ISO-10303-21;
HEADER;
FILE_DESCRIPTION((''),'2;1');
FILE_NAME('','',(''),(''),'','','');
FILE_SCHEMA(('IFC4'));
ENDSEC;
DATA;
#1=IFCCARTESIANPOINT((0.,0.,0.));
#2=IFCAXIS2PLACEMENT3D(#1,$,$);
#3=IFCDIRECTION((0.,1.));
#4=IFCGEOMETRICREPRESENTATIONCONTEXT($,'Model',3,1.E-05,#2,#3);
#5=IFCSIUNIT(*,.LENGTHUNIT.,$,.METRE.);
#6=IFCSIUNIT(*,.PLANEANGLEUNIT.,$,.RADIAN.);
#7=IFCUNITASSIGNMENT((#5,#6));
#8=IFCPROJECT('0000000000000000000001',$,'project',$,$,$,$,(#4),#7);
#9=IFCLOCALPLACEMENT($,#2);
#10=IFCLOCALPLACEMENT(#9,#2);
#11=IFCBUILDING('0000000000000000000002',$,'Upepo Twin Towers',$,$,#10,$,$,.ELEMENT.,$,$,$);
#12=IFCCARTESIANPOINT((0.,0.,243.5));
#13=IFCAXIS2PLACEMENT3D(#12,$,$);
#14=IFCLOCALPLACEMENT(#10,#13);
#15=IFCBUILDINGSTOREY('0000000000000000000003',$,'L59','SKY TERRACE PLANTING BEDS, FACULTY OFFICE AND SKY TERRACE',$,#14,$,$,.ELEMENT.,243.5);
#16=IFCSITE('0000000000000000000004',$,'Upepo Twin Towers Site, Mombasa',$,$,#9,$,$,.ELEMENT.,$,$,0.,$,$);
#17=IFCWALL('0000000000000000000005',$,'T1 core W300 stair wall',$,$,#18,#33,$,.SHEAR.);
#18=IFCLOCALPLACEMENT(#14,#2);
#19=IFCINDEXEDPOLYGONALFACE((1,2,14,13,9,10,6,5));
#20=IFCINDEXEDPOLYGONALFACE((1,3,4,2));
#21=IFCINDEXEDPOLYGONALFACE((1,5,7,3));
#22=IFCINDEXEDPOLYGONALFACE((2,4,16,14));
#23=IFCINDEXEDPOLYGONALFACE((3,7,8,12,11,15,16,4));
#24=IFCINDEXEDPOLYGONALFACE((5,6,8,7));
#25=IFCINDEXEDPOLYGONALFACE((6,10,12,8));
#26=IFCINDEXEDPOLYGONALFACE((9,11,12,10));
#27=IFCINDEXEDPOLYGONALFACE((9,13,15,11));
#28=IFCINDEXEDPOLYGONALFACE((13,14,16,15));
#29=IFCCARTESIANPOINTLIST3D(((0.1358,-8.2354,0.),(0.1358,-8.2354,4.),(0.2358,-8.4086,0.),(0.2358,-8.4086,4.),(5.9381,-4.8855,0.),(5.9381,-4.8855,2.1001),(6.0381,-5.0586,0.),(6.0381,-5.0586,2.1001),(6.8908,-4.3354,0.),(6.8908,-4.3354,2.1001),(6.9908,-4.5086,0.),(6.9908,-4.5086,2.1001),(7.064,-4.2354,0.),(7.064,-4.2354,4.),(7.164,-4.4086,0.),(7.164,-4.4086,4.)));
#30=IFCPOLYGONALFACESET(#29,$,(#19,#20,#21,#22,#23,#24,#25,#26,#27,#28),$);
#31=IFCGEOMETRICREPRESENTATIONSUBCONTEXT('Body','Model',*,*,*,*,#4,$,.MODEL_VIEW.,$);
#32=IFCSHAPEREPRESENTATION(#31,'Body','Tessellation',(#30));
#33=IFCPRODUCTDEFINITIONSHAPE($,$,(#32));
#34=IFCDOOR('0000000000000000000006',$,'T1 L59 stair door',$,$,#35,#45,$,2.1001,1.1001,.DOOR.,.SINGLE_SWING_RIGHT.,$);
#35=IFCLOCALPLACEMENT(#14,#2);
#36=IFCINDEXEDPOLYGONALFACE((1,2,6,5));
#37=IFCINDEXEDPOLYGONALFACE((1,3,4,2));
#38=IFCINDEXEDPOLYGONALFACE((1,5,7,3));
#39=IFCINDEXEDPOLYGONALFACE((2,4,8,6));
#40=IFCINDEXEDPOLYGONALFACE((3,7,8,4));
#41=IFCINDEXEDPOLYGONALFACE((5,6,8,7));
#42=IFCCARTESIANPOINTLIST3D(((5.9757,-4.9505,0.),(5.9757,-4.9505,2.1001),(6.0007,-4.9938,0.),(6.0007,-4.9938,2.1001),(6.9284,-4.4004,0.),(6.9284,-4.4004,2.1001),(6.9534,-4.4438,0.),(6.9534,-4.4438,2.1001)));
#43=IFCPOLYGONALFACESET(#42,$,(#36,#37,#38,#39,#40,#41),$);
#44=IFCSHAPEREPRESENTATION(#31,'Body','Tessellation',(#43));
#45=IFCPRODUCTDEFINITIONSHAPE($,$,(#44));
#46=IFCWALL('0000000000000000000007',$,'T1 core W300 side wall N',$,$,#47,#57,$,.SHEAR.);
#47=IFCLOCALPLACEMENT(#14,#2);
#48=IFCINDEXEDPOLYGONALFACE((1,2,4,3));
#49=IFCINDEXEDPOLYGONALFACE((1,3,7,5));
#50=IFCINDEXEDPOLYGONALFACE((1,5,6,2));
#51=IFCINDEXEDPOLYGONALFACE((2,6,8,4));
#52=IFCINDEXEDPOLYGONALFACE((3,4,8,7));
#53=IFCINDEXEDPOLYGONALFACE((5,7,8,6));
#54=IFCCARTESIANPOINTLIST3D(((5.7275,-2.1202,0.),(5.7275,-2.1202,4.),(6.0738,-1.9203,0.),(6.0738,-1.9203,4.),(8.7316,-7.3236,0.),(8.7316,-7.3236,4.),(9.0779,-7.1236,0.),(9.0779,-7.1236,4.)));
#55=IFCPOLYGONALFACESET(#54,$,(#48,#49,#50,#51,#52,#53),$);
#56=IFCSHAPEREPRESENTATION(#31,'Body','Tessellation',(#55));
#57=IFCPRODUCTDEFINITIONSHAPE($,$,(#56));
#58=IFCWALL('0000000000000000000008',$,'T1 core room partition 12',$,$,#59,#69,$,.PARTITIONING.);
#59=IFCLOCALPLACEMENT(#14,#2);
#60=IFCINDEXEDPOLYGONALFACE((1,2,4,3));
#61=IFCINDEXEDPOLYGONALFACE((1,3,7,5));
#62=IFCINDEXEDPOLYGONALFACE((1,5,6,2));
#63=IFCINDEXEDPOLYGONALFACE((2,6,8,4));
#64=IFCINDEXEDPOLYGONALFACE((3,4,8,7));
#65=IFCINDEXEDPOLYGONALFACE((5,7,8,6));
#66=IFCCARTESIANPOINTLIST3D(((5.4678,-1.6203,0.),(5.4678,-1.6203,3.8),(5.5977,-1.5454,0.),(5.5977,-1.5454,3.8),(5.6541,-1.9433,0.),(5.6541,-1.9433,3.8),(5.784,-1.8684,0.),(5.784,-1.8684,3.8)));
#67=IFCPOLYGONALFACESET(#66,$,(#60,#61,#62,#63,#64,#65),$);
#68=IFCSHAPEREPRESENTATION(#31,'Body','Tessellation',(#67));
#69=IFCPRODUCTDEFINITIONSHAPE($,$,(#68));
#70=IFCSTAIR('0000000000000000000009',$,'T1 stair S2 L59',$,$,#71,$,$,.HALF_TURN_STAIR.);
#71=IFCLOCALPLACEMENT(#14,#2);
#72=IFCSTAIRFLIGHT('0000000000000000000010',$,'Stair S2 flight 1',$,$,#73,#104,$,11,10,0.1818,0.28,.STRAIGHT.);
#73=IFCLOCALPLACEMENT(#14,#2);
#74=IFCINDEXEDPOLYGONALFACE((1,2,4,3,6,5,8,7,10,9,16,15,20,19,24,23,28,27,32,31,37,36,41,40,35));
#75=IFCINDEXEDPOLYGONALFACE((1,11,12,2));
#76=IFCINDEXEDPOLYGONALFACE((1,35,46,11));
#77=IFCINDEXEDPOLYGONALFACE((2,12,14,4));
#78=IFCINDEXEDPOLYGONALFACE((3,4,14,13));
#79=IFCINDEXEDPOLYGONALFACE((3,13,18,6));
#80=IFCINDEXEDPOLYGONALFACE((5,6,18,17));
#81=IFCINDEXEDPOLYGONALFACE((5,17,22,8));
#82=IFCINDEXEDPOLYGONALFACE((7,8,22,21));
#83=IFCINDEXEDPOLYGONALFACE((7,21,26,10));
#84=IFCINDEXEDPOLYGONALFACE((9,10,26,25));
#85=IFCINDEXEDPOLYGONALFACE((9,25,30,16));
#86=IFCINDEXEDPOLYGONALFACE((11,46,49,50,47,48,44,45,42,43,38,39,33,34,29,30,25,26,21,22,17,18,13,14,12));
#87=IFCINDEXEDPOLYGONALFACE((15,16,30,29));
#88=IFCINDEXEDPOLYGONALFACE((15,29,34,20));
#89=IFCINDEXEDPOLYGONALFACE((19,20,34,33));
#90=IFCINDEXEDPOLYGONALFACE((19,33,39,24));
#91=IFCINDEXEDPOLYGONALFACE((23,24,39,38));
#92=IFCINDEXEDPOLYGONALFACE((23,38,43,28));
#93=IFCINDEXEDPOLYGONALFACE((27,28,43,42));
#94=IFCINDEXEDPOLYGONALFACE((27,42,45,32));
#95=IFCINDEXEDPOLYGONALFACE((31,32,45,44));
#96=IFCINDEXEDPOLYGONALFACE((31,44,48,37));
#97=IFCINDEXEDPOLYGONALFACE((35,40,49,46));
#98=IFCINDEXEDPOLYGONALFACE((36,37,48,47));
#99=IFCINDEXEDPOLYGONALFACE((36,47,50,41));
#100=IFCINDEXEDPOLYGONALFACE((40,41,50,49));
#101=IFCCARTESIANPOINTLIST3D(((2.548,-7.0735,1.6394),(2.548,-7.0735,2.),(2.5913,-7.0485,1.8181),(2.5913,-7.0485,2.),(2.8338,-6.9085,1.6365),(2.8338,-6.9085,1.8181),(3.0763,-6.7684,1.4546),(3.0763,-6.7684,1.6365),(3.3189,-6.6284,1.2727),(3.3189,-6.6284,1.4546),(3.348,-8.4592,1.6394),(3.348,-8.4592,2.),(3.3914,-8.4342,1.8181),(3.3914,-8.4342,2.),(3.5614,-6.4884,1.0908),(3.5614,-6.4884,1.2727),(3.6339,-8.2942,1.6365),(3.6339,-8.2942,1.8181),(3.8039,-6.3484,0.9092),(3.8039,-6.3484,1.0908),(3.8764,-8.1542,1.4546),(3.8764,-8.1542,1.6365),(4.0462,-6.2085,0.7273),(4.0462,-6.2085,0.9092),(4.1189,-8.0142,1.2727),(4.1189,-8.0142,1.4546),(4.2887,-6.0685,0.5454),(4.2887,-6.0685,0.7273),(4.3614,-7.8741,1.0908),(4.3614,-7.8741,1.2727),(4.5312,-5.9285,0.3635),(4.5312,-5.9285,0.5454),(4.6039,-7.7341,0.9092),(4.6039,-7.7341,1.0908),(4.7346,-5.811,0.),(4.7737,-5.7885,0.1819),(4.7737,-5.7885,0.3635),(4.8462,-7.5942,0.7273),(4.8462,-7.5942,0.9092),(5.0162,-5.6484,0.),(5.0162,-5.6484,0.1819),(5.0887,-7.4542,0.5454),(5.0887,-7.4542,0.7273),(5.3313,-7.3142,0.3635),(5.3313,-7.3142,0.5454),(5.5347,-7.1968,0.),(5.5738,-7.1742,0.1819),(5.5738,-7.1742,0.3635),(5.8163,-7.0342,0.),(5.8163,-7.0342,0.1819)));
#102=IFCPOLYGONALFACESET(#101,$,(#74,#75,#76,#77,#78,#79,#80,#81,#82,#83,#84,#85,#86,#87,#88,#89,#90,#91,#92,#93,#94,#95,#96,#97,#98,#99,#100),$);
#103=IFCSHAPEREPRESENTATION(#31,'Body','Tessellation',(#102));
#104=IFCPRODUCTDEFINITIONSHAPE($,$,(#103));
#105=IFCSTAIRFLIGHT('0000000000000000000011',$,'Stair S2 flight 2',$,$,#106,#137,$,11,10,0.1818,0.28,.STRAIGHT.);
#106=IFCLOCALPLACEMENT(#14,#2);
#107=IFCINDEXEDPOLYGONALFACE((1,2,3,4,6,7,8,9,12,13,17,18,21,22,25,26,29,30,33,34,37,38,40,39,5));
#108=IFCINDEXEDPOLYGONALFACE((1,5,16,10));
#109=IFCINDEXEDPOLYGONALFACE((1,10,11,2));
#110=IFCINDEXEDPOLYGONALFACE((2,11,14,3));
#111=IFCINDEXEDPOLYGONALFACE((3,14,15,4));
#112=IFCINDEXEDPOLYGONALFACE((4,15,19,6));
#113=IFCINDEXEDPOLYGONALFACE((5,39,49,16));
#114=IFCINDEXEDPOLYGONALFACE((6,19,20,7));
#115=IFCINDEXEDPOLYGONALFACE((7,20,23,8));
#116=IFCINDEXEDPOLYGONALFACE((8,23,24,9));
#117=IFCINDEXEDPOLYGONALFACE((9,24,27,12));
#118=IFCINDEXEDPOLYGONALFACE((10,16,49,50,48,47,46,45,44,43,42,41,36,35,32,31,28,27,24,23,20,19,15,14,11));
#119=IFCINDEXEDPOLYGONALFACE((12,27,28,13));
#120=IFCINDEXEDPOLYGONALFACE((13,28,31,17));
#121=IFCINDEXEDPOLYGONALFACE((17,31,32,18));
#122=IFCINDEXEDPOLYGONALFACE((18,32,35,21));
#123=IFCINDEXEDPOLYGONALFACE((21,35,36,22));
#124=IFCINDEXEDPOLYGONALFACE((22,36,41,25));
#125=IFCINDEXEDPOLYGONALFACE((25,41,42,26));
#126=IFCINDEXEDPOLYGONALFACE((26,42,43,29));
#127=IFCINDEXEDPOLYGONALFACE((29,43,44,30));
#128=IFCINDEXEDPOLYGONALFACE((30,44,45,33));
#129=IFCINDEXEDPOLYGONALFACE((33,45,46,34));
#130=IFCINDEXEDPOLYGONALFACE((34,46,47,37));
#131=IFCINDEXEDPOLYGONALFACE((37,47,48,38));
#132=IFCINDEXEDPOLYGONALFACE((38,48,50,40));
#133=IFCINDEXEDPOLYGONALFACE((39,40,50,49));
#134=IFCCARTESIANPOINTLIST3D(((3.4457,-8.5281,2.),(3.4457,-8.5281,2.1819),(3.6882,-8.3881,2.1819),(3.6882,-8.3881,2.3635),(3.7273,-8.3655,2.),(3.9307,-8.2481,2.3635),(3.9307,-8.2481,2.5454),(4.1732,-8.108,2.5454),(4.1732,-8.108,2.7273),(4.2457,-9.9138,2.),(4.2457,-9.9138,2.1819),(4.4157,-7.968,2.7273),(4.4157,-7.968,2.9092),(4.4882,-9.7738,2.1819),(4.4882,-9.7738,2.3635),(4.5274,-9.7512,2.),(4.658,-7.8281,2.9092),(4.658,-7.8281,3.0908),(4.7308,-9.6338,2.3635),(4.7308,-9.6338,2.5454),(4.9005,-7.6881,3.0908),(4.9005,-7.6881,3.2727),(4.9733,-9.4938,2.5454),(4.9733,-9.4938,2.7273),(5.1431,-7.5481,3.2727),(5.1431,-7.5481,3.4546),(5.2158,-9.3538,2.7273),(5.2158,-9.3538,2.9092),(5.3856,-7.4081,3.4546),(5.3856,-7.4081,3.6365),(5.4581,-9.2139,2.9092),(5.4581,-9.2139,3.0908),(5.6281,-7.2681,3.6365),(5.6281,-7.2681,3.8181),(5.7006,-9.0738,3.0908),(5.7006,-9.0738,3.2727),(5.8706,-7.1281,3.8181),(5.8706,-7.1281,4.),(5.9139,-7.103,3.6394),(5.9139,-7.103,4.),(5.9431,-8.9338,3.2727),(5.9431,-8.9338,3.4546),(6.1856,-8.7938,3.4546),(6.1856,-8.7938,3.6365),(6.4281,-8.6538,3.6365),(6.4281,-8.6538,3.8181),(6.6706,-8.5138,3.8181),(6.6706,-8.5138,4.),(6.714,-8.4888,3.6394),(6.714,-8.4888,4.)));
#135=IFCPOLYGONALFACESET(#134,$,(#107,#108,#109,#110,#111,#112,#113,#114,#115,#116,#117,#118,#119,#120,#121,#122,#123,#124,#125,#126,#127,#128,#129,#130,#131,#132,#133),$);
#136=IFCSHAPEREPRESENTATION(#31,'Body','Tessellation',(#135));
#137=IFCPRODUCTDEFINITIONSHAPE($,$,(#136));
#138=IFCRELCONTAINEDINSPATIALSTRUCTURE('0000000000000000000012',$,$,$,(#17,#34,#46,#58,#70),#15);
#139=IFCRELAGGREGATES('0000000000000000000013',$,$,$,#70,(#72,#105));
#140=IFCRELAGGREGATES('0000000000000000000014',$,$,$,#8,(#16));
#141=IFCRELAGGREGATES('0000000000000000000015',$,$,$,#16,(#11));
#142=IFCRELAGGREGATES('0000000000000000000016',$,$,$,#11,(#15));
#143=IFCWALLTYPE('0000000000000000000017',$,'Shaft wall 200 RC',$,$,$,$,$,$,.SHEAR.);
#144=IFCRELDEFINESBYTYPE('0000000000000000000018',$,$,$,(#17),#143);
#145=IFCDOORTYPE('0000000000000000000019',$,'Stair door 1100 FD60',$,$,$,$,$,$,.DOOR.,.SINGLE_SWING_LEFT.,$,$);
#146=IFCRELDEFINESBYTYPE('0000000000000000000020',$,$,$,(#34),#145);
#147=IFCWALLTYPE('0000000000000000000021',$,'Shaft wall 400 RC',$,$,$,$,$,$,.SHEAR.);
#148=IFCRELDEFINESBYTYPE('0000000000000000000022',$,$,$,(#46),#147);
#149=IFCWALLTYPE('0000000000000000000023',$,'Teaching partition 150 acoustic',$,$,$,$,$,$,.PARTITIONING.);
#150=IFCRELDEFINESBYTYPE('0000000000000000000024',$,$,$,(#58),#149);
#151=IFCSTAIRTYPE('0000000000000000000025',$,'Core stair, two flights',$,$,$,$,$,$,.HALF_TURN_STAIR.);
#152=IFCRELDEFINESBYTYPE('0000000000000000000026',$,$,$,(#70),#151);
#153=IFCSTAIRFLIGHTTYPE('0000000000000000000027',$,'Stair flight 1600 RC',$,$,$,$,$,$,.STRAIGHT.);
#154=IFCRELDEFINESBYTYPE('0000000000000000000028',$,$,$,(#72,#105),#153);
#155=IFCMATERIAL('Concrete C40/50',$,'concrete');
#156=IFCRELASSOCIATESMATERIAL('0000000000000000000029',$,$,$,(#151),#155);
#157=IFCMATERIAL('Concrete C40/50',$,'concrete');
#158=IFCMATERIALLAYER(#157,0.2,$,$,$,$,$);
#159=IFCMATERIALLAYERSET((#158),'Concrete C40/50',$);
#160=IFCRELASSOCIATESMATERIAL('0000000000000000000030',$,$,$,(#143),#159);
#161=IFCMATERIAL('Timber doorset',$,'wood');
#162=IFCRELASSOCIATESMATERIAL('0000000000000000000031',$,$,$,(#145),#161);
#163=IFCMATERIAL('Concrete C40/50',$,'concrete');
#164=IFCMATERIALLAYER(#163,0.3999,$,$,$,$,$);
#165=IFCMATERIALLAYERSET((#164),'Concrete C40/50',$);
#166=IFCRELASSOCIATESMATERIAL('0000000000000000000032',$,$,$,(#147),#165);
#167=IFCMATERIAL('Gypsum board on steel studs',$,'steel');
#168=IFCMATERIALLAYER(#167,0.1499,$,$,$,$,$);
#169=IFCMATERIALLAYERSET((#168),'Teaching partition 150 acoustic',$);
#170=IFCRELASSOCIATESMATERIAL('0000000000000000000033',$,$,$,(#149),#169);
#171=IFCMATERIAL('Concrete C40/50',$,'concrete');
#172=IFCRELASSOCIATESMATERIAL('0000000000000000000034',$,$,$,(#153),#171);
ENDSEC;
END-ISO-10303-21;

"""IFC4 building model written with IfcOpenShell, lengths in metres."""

from ifc_helpers import new_model, si_unit, direction, frame, frame_2d, origin, place, context, subcontext, project, spatial, polyline, rectangle, outline, extrude, material, layer, layer_set, type_object, element, fill, aggregate, save


model = new_model("IFC4")

# Units and contexts
model_context = context("Model", 3, precision=1e-05, world=origin(), true_north=direction((0.0, 1.0)))
body_context = subcontext(model_context, "Body", "Model", "MODEL_VIEW")
ifc_project = project(units=[si_unit("LENGTHUNIT", "METRE"), si_unit("PLANEANGLEUNIT", "RADIAN")], contexts=[model_context])

# Site, building, storey
site_placement = place(None, origin())
site = spatial("IfcSite", under=ifc_project, at=site_placement, Name="Upepo Twin Towers Site, Mombasa", CompositionType="ELEMENT", RefElevation=0.0)
building_placement = place(site_placement, origin())
building = spatial("IfcBuilding", under=site, at=building_placement, Name="Upepo Twin Towers", CompositionType="ELEMENT")
storey_placement = place(building_placement, frame((0.0, 0.0, 243.5)))
storey = spatial("IfcBuildingStorey", under=building, at=storey_placement, Name="L59", Description="SKY TERRACE PLANTING BEDS, FACULTY OFFICE AND SKY TERRACE", CompositionType="ELEMENT", Elevation=243.5)

# Shared definitions
ifc_material_1 = material(Name="Concrete C40/50", Category="concrete")
stair_type = type_object("IfcStairType", Name="Core stair, two flights", PredefinedType="HALF_TURN_STAIR", material=ifc_material_1)

# Shared definitions
ifc_material_2 = material(Name="Concrete C40/50", Category="concrete")
ifc_layer_1 = layer(ifc_material_2, 0.2)
ifc_layer_set_1 = layer_set([ifc_layer_1], Name="Concrete C40/50")
wall_type_1 = type_object("IfcWallType", Name="Shaft wall 200 RC", PredefinedType="SHEAR", material=ifc_layer_set_1)

# Wall, opening, door
wall_1_placement = place(storey_placement, frame((0.1858, -8.322, 0.0), z_axis=(0.0, 0.0, 1.0), x_axis=(0.866026, 0.499999, 0.0)))
wall_1 = element("IfcWall", 1, at=wall_1_placement, inside=storey, type_object=wall_type_1, Name="T1 core W300 stair wall", PredefinedType="SHEAR", context=body_context, shape_type="SweptSolid", body=[
    extrude(rectangle(XDim=8.0, YDim=0.2, at=frame_2d((4.0, 0.0))), origin(), (0.0, 0.0, 1.0), 4.0),
])
opening_placement = place(wall_1_placement, frame((6.7, 0.0, 0.0)))
opening = element("IfcOpeningElement", 2, at=opening_placement, cuts=wall_1, PredefinedType="OPENING", context=body_context, shape_type="SweptSolid", body=[
    extrude(rectangle(XDim=1.1001, YDim=2.1001, at=frame_2d((0.55, 1.05))), frame((0.0, 0.1099, 0.0), z_axis=(0.0, -1.0, 0.0), x_axis=(1.0, 0.0, 0.0)), (0.0, 0.0, 1.0), 0.22),
])
ifc_material_3 = material(Name="Timber doorset", Category="wood")
door_type = type_object("IfcDoorType", Name="Stair door 1100 FD60", OperationType="SINGLE_SWING_LEFT", PredefinedType="DOOR", material=ifc_material_3)
door_placement = place(opening_placement, origin())
door = element("IfcDoor", 3, at=door_placement, inside=storey, type_object=door_type, Name="T1 L59 stair door", OperationType="SINGLE_SWING_RIGHT", OverallHeight=2.1001, OverallWidth=1.1001, PredefinedType="DOOR", context=body_context, shape_type="SweptSolid", body=[
    extrude(rectangle(XDim=1.1001, YDim=2.1001, at=frame_2d((0.55, 1.05))), frame((0.0, 0.0249, 0.0), z_axis=(0.0, -1.0, 0.0), x_axis=(1.0, 0.0, 0.0)), (0.0, 0.0, 1.0), 0.05),
])
fill(opening, door)

# Walls
ifc_material_4 = material(Name="Concrete C40/50", Category="concrete")
ifc_layer_2 = layer(ifc_material_4, 0.3999)
ifc_layer_set_2 = layer_set([ifc_layer_2], Name="Concrete C40/50")
wall_type_2 = type_object("IfcWallType", Name="Shaft wall 400 RC", PredefinedType="SHEAR", material=ifc_layer_set_2)
wall_2_placement = place(storey_placement, frame((5.9006, -2.0203, 0.0), z_axis=(0.0, 0.0, 1.0), x_axis=(0.499998, -0.866027, 0.0)))
element("IfcWall", 4, at=wall_2_placement, inside=storey, type_object=wall_type_2, Name="T1 core W300 side wall N", PredefinedType="SHEAR", context=body_context, shape_type="SweptSolid", body=[
    extrude(rectangle(XDim=6.0083, YDim=0.3999, at=frame_2d((3.0042, 0.0))), origin(), (0.0, 0.0, 1.0), 4.0),
])
ifc_material_5 = material(Name="Gypsum board on steel studs", Category="steel")
ifc_layer_3 = layer(ifc_material_5, 0.1499)
ifc_layer_set_3 = layer_set([ifc_layer_3], Name="Teaching partition 150 acoustic")
wall_type_3 = type_object("IfcWallType", Name="Teaching partition 150 acoustic", PredefinedType="PARTITIONING", material=ifc_layer_set_3)
wall_3_placement = place(storey_placement, frame((5.5327, -1.5828, 0.0), z_axis=(0.0, 0.0, 1.0), x_axis=(0.49959, -0.866262, 0.0)))
element("IfcWall", 5, at=wall_3_placement, inside=storey, type_object=wall_type_3, Name="T1 core room partition 12", PredefinedType="PARTITIONING", context=body_context, shape_type="SweptSolid", body=[
    extrude(rectangle(XDim=0.3728, YDim=0.1499, at=frame_2d((0.1865, 0.0))), origin(), (0.0, 0.0, 1.0), 3.8),
])

# Stair, stair flights
stair_1_placement = place(storey_placement, origin())
stair_1 = element("IfcStair", 6, at=stair_1_placement, inside=storey, type_object=stair_type, Name="T1 stair S2 L59", PredefinedType="HALF_TURN_STAIR")
ifc_material_6 = material(Name="Concrete C40/50", Category="concrete")
stair_flight_type = type_object("IfcStairFlightType", Name="Stair flight 1600 RC", PredefinedType="STRAIGHT", material=ifc_material_6)
stair_flight_1_placement = place(storey_placement, frame((5.4163, -6.3413, 0.0), z_axis=(0.0, 0.0, 1.0), x_axis=(-0.866025, -0.5, 0.0)))
stair_flight_1 = element("IfcStairFlight", 7, at=stair_flight_1_placement, type_object=stair_flight_type, Name="Stair S2 flight 1", NumberOfRisers=11, NumberOfTreads=10, PredefinedType="STRAIGHT", RiserHeight=0.1818, TreadLength=0.28, context=body_context, shape_type="SweptSolid", body=[
    extrude(outline(polyline([(0.0, 0.0), (0.0, 0.1819), (0.28, 0.1819), (0.28, 0.3635), (0.5601, 0.3635), (0.5601, 0.5454), (0.8401, 0.5454), (0.8401, 0.7273), (1.1201, 0.7273), (1.1201, 0.9092), (1.3999, 0.9092), (1.3999, 1.0908), (1.6799, 1.0908), (1.6799, 1.2727), (1.96, 1.2727), (1.96, 1.4546), (2.24, 1.4546), (2.24, 1.6365), (2.52, 1.6365), (2.52, 1.8181), (2.8, 1.8181), (2.8, 2.0), (2.8501, 2.0), (2.8501, 1.6394), (0.3252, 0.0), (0.0, 0.0)])), frame((0.0, 0.8, 0.0), z_axis=(0.0, -1.0, 0.0), x_axis=(1.0, 0.0, 0.0)), (0.0, 0.0, 1.0), 1.6001),
])
stair_flight_2_placement = place(storey_placement, frame((3.8457, -9.2209, 2.0), z_axis=(0.0, 0.0, 1.0), x_axis=(0.866025, 0.5, 0.0)))
stair_flight_2 = element("IfcStairFlight", 8, at=stair_flight_2_placement, type_object=stair_flight_type, Name="Stair S2 flight 2", NumberOfRisers=11, NumberOfTreads=10, PredefinedType="STRAIGHT", RiserHeight=0.1818, TreadLength=0.28, context=body_context, shape_type="SweptSolid", body=[
    extrude(outline(polyline([(0.0, 0.0), (0.0, 0.1819), (0.28, 0.1819), (0.28, 0.3635), (0.5601, 0.3635), (0.5601, 0.5454), (0.8401, 0.5454), (0.8401, 0.7273), (1.1201, 0.7273), (1.1201, 0.9092), (1.3999, 0.9092), (1.3999, 1.0908), (1.6799, 1.0908), (1.6799, 1.2727), (1.96, 1.2727), (1.96, 1.4546), (2.24, 1.4546), (2.24, 1.6365), (2.52, 1.6365), (2.52, 1.8181), (2.8, 1.8181), (2.8, 2.0), (2.8501, 2.0), (2.8501, 1.6394), (0.3252, 0.0), (0.0, 0.0)])), frame((0.0, 0.8, 0.0), z_axis=(0.0, -1.0, 0.0), x_axis=(1.0, 0.0, 0.0)), (0.0, 0.0, 1.0), 1.6001),
])
aggregate(stair_1, [stair_flight_1, stair_flight_2])

save(model, "model.ifc")
